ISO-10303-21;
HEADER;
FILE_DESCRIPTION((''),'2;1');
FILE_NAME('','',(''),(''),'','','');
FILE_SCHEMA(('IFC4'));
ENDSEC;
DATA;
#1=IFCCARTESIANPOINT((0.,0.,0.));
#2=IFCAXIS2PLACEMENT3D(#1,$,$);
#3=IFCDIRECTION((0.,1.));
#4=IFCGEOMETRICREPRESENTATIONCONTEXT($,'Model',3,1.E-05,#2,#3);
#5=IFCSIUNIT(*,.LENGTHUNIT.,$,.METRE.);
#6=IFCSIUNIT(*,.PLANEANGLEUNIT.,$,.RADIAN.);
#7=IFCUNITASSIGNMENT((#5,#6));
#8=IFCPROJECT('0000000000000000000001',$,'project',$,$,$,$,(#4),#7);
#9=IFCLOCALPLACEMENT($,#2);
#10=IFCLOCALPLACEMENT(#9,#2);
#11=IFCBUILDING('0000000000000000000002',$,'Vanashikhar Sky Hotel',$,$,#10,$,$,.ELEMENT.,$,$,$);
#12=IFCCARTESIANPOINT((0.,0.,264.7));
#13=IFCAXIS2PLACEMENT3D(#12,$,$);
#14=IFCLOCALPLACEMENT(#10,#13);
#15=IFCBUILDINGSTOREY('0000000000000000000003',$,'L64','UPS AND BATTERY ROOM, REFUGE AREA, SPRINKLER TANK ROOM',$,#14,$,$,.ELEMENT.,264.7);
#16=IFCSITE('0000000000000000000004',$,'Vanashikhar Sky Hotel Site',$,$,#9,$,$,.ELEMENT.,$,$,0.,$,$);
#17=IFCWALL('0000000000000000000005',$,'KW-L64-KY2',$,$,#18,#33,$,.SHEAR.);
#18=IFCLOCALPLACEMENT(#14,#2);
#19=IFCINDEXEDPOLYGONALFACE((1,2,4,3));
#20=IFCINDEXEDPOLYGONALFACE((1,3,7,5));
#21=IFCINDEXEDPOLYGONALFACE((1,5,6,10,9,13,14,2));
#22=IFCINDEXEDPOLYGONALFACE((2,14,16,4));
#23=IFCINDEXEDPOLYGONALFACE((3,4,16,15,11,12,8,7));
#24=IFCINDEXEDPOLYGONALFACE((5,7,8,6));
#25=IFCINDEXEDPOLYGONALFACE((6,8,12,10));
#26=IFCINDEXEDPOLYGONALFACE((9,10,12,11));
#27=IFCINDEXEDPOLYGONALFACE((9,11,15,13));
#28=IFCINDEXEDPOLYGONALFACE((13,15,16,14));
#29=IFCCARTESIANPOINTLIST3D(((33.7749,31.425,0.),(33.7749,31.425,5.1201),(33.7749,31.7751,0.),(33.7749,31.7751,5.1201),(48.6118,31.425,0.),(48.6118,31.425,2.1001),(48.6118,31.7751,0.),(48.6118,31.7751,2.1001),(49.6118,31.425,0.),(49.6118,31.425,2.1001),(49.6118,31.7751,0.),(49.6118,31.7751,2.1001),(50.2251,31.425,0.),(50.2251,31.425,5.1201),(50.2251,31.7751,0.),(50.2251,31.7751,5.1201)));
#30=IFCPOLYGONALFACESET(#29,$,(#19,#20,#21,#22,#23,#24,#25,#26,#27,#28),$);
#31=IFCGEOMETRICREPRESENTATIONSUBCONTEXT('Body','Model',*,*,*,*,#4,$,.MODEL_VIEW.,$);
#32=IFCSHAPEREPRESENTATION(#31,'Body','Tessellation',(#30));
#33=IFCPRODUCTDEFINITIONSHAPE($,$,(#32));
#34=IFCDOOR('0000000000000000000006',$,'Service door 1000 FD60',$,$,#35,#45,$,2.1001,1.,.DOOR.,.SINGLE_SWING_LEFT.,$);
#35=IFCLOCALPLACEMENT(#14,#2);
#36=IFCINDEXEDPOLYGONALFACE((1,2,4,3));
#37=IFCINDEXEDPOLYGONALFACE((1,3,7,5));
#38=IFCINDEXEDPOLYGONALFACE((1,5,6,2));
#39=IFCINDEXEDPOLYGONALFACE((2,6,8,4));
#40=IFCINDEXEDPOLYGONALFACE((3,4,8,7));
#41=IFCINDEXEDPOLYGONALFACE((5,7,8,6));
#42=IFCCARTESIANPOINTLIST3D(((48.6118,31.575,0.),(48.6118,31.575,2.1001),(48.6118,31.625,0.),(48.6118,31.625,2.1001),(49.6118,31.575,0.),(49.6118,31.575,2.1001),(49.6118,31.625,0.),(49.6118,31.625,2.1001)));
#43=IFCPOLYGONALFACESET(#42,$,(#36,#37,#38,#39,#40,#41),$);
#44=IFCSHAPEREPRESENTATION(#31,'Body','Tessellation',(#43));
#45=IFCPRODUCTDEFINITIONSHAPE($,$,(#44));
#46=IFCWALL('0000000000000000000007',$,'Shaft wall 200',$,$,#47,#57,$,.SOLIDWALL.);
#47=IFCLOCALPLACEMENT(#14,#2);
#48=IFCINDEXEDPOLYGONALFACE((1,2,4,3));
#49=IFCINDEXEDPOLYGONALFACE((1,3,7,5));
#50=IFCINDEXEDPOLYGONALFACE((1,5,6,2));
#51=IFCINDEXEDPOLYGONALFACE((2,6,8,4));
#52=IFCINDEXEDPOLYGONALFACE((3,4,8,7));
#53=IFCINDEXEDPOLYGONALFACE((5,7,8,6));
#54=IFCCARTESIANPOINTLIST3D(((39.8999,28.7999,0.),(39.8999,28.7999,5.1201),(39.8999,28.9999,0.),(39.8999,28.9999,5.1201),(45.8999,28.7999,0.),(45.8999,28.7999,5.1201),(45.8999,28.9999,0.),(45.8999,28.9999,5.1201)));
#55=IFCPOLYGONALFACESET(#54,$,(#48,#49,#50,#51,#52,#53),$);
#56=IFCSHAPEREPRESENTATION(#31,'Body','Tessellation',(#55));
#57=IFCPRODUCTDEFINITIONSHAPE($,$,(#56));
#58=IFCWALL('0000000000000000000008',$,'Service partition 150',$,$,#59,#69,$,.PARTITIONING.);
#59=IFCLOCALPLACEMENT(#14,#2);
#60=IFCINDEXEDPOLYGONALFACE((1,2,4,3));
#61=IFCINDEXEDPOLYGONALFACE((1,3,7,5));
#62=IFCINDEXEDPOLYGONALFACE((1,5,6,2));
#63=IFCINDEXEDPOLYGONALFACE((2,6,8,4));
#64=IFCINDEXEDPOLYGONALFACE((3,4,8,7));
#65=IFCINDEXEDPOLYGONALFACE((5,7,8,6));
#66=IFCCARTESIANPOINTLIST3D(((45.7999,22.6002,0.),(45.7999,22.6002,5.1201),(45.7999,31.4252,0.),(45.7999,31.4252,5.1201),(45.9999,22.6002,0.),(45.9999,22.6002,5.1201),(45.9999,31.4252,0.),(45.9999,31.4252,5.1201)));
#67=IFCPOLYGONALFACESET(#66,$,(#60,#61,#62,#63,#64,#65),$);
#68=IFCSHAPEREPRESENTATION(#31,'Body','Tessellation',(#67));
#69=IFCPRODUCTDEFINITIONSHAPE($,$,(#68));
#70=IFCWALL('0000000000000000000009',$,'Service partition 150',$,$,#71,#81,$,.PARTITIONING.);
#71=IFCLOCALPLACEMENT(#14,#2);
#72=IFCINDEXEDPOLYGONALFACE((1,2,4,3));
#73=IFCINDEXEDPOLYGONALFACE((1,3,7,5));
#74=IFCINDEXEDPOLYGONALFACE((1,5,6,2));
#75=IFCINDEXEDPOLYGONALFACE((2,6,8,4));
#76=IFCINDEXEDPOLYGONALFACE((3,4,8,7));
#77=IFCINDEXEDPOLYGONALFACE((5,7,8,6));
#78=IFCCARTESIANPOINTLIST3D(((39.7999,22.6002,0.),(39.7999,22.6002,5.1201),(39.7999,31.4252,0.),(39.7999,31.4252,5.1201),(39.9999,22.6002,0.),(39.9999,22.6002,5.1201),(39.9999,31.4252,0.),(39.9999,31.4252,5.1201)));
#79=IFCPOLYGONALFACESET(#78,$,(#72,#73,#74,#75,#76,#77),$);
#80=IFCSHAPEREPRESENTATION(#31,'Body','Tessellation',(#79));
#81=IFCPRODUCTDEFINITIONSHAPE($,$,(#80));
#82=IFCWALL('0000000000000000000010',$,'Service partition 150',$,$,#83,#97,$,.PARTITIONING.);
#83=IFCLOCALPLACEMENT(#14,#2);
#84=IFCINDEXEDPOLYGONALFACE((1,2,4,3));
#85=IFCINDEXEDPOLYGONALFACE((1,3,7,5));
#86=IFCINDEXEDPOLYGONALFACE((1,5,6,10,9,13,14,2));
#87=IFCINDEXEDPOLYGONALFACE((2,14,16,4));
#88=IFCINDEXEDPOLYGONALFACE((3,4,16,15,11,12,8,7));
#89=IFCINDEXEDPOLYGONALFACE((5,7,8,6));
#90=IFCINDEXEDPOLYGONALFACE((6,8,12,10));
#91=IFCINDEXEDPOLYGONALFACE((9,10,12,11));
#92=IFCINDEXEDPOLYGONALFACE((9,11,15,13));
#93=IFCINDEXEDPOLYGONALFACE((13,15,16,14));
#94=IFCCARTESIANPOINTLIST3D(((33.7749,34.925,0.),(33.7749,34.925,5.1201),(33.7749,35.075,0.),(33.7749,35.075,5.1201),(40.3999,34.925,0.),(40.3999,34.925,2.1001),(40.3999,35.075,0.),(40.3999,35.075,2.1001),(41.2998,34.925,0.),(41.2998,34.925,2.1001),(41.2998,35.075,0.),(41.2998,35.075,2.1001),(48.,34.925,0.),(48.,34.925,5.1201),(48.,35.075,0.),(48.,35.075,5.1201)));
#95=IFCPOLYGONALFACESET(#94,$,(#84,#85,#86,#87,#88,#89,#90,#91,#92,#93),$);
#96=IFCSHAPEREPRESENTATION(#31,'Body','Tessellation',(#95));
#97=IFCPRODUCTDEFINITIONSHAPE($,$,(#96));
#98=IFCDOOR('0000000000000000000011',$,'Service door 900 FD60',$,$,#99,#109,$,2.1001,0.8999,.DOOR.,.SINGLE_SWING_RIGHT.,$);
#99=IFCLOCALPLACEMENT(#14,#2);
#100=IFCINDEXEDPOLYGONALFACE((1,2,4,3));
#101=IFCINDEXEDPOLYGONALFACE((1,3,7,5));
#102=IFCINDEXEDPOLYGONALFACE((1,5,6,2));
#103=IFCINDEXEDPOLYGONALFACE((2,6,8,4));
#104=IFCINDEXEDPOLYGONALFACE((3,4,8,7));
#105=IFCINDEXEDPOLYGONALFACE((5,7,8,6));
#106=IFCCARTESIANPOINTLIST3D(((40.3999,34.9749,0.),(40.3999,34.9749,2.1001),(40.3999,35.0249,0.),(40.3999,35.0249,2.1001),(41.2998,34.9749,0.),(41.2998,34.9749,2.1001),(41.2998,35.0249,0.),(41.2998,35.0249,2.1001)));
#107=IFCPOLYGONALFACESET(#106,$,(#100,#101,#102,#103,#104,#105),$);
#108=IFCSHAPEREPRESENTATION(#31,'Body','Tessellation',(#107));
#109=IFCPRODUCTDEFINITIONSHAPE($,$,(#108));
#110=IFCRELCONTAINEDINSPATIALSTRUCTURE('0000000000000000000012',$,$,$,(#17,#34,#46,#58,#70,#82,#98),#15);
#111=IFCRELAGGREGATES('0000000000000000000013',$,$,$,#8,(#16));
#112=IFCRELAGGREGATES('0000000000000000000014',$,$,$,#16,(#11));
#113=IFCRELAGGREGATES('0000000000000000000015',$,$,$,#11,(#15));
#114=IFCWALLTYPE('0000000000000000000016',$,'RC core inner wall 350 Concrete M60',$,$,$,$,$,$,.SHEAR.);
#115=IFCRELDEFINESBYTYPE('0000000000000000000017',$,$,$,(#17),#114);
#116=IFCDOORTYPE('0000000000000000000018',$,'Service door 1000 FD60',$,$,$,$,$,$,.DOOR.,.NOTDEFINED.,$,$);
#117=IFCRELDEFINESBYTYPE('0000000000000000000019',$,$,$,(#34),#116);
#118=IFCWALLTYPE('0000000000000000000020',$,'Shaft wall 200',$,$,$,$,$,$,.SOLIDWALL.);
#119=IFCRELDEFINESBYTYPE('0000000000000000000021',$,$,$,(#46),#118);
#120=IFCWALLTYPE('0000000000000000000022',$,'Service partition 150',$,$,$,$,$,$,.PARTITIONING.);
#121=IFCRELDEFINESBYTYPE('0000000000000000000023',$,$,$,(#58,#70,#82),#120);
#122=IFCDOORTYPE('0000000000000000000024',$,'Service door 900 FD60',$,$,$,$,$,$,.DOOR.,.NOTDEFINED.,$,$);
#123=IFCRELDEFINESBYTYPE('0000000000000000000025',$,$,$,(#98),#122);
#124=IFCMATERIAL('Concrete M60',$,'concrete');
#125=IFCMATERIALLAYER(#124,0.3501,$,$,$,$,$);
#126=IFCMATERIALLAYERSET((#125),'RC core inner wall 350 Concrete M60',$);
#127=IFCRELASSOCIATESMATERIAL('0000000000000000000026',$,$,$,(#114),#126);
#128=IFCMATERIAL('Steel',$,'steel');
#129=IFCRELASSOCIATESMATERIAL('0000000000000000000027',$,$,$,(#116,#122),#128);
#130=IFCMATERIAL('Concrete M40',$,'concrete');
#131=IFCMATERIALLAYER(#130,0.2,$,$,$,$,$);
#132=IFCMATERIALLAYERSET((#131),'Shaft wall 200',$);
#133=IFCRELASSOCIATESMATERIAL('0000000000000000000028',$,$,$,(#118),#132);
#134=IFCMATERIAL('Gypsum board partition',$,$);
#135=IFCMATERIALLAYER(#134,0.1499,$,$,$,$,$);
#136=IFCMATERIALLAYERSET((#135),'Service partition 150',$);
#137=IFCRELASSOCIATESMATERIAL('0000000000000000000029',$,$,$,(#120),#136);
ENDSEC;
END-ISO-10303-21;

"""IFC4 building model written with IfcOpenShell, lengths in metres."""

from ifc_helpers import new_model, si_unit, direction, frame, frame_2d, origin, place, context, subcontext, project, spatial, rectangle, extrude, source, transform, mapped, material, layer, layer_set, type_object, element, fill, save


model = new_model("IFC4")

# Units and contexts
model_context = context("Model", 3, precision=1e-05, world=origin(), true_north=direction((0.0, 1.0)))
body_context = subcontext(model_context, "Body", "Model", "MODEL_VIEW")
ifc_project = project(units=[si_unit("LENGTHUNIT", "METRE"), si_unit("PLANEANGLEUNIT", "RADIAN")], contexts=[model_context])

# Site, building, storey
site_placement = place(None, origin())
site = spatial("IfcSite", under=ifc_project, at=site_placement, Name="Vanashikhar Sky Hotel Site", CompositionType="ELEMENT", RefElevation=0.0)
building_placement = place(site_placement, origin())
building = spatial("IfcBuilding", under=site, at=building_placement, Name="Vanashikhar Sky Hotel", CompositionType="ELEMENT")
storey_placement = place(building_placement, frame((0.0, 0.0, 264.7)))
storey = spatial("IfcBuildingStorey", under=building, at=storey_placement, Name="L64", Description="UPS AND BATTERY ROOM, REFUGE AREA, SPRINKLER TANK ROOM", CompositionType="ELEMENT", Elevation=264.7)

# Wall, opening, door
ifc_material_1 = material(Name="Concrete M60", Category="concrete")
ifc_layer_1 = layer(ifc_material_1, 0.3501)
ifc_layer_set_1 = layer_set([ifc_layer_1], Name="RC core inner wall 350 Concrete M60")
wall_type_1 = type_object("IfcWallType", Name="RC core inner wall 350 Concrete M60", PredefinedType="SHEAR", material=ifc_layer_set_1)
shared_shape_1 = source(origin(), body_context, "Body", "SweptSolid", [
    extrude(rectangle(XDim=16.4502, YDim=0.3501, at=frame_2d((8.2251, 0.0))), origin(), (0.0, 0.0, 1.0), 5.1201),
])
wall_1_placement = place(storey_placement, frame((33.7749, 31.6001, 0.0), z_axis=(0.0, 0.0, 1.0), x_axis=(1.0, 0.0, 0.0)))
wall_1 = element("IfcWall", 1, at=wall_1_placement, inside=storey, type_object=wall_type_1, Name="KW-L64-KY2", PredefinedType="SHEAR", context=body_context, shape_type="MappedRepresentation", body=[
    mapped(shared_shape_1, transform((0.0, 0.0, 0.0), scale=1.0)),
])
shared_shape_2 = source(origin(), body_context, "Body", "SweptSolid", [
    extrude(rectangle(XDim=1.0, YDim=2.1001, at=frame_2d((0.5, 1.05))), frame((0.0, 0.1851, 0.0), z_axis=(0.0, -1.0, 0.0), x_axis=(1.0, 0.0, 0.0)), (0.0, 0.0, 1.0), 0.3701),
])
opening_1_placement = place(wall_1_placement, frame((14.8369, 0.0, 0.0)))
opening_1 = element("IfcOpeningElement", 2, at=opening_1_placement, cuts=wall_1, PredefinedType="OPENING", context=body_context, shape_type="MappedRepresentation", body=[
    mapped(shared_shape_2, transform((0.0, 0.0, 0.0), scale=1.0)),
])
ifc_material_2 = material(Name="Steel", Category="steel")
door_type_1 = type_object("IfcDoorType", Name="Service door 1000 FD60", OperationType="NOTDEFINED", PredefinedType="DOOR", material=ifc_material_2)
shared_shape_3 = source(origin(), body_context, "Body", "SweptSolid", [
    extrude(rectangle(XDim=1.0, YDim=2.1001, at=frame_2d((0.5, 1.05))), frame((0.0, 0.0249, 0.0), z_axis=(0.0, -1.0, 0.0), x_axis=(1.0, 0.0, 0.0)), (0.0, 0.0, 1.0), 0.05),
])
door_1_placement = place(opening_1_placement, origin())
door_1 = element("IfcDoor", 3, at=door_1_placement, inside=storey, type_object=door_type_1, Name="Service door 1000 FD60", OperationType="SINGLE_SWING_LEFT", OverallHeight=2.1001, OverallWidth=1.0, PredefinedType="DOOR", context=body_context, shape_type="MappedRepresentation", body=[
    mapped(shared_shape_3, transform((0.0, 0.0, 0.0), scale=1.0)),
])
fill(opening_1, door_1)

# Walls
ifc_material_3 = material(Name="Concrete M40", Category="concrete")
ifc_layer_2 = layer(ifc_material_3, 0.2)
ifc_layer_set_2 = layer_set([ifc_layer_2], Name="Shaft wall 200")
wall_type_2 = type_object("IfcWallType", Name="Shaft wall 200", PredefinedType="SOLIDWALL", material=ifc_layer_set_2)
shared_shape_4 = source(origin(), body_context, "Body", "SweptSolid", [
    extrude(rectangle(XDim=6.0, YDim=0.2, at=frame_2d((3.0, 0.0))), origin(), (0.0, 0.0, 1.0), 5.1201),
])
wall_2_placement = place(storey_placement, frame((39.8999, 28.8999, 0.0), z_axis=(0.0, 0.0, 1.0), x_axis=(1.0, 0.0, 0.0)))
element("IfcWall", 4, at=wall_2_placement, inside=storey, type_object=wall_type_2, Name="Shaft wall 200", PredefinedType="SOLIDWALL", context=body_context, shape_type="MappedRepresentation", body=[
    mapped(shared_shape_4, transform((0.0, 0.0, 0.0), scale=1.0)),
])
ifc_material_4 = material(Name="Gypsum board partition")
ifc_layer_3 = layer(ifc_material_4, 0.1499)
ifc_layer_set_3 = layer_set([ifc_layer_3], Name="Service partition 150")
wall_type_3 = type_object("IfcWallType", Name="Service partition 150", PredefinedType="PARTITIONING", material=ifc_layer_set_3)
shared_shape_5 = source(origin(), body_context, "Body", "SweptSolid", [
    extrude(rectangle(XDim=8.825, YDim=0.2, at=frame_2d((4.4126, 0.0))), origin(), (0.0, 0.0, 1.0), 5.1201),
])
for number, where, z_axis, x_axis, name in (
    (5, (45.8999, 22.6001, 0.0), (0.0, 0.0, 1.0), (0.0, 1.0, 0.0), "Service partition 150"),
    (6, (39.8999, 22.6001, 0.0), (0.0, 0.0, 1.0), (0.0, 1.0, 0.0), "Service partition 150"),
):
    element("IfcWall", number, at=place(storey_placement, frame(where, z_axis=z_axis, x_axis=x_axis)), inside=storey, type_object=wall_type_3, Name=name, PredefinedType="PARTITIONING", context=body_context, shape_type="MappedRepresentation", body=[
        mapped(shared_shape_5, transform((0.0, 0.0, 0.0), scale=1.0)),
    ])

# Wall, opening, door
shared_shape_6 = source(origin(), body_context, "Body", "SweptSolid", [
    extrude(rectangle(XDim=14.2251, YDim=0.1499, at=frame_2d((7.1125, 0.0))), origin(), (0.0, 0.0, 1.0), 5.1201),
])
wall_3_placement = place(storey_placement, frame((33.7749, 35.0, 0.0), z_axis=(0.0, 0.0, 1.0), x_axis=(1.0, 0.0, 0.0)))
wall_3 = element("IfcWall", 7, at=wall_3_placement, inside=storey, type_object=wall_type_3, Name="Service partition 150", PredefinedType="PARTITIONING", context=body_context, shape_type="MappedRepresentation", body=[
    mapped(shared_shape_6, transform((0.0, 0.0, 0.0), scale=1.0)),
])
shared_shape_7 = source(origin(), body_context, "Body", "SweptSolid", [
    extrude(rectangle(XDim=0.8999, YDim=2.1001, at=frame_2d((0.45, 1.05))), frame((0.0, 0.085, 0.0), z_axis=(0.0, -1.0, 0.0), x_axis=(1.0, 0.0, 0.0)), (0.0, 0.0, 1.0), 0.1699),
])
opening_2_placement = place(wall_3_placement, frame((6.625, 0.0, 0.0)))
opening_2 = element("IfcOpeningElement", 8, at=opening_2_placement, cuts=wall_3, PredefinedType="OPENING", context=body_context, shape_type="MappedRepresentation", body=[
    mapped(shared_shape_7, transform((0.0, 0.0, 0.0), scale=1.0)),
])
door_type_2 = type_object("IfcDoorType", Name="Service door 900 FD60", OperationType="NOTDEFINED", PredefinedType="DOOR", material=ifc_material_2)
shared_shape_8 = source(origin(), body_context, "Body", "SweptSolid", [
    extrude(rectangle(XDim=0.8999, YDim=2.1001, at=frame_2d((0.45, 1.05))), frame((0.0, 0.0249, 0.0), z_axis=(0.0, -1.0, 0.0), x_axis=(1.0, 0.0, 0.0)), (0.0, 0.0, 1.0), 0.05),
])
door_2_placement = place(opening_2_placement, origin())
door_2 = element("IfcDoor", 9, at=door_2_placement, inside=storey, type_object=door_type_2, Name="Service door 900 FD60", OperationType="SINGLE_SWING_RIGHT", OverallHeight=2.1001, OverallWidth=0.8999, PredefinedType="DOOR", context=body_context, shape_type="MappedRepresentation", body=[
    mapped(shared_shape_8, transform((0.0, 0.0, 0.0), scale=1.0)),
])
fill(opening_2, door_2)

save(model, "model.ifc")
